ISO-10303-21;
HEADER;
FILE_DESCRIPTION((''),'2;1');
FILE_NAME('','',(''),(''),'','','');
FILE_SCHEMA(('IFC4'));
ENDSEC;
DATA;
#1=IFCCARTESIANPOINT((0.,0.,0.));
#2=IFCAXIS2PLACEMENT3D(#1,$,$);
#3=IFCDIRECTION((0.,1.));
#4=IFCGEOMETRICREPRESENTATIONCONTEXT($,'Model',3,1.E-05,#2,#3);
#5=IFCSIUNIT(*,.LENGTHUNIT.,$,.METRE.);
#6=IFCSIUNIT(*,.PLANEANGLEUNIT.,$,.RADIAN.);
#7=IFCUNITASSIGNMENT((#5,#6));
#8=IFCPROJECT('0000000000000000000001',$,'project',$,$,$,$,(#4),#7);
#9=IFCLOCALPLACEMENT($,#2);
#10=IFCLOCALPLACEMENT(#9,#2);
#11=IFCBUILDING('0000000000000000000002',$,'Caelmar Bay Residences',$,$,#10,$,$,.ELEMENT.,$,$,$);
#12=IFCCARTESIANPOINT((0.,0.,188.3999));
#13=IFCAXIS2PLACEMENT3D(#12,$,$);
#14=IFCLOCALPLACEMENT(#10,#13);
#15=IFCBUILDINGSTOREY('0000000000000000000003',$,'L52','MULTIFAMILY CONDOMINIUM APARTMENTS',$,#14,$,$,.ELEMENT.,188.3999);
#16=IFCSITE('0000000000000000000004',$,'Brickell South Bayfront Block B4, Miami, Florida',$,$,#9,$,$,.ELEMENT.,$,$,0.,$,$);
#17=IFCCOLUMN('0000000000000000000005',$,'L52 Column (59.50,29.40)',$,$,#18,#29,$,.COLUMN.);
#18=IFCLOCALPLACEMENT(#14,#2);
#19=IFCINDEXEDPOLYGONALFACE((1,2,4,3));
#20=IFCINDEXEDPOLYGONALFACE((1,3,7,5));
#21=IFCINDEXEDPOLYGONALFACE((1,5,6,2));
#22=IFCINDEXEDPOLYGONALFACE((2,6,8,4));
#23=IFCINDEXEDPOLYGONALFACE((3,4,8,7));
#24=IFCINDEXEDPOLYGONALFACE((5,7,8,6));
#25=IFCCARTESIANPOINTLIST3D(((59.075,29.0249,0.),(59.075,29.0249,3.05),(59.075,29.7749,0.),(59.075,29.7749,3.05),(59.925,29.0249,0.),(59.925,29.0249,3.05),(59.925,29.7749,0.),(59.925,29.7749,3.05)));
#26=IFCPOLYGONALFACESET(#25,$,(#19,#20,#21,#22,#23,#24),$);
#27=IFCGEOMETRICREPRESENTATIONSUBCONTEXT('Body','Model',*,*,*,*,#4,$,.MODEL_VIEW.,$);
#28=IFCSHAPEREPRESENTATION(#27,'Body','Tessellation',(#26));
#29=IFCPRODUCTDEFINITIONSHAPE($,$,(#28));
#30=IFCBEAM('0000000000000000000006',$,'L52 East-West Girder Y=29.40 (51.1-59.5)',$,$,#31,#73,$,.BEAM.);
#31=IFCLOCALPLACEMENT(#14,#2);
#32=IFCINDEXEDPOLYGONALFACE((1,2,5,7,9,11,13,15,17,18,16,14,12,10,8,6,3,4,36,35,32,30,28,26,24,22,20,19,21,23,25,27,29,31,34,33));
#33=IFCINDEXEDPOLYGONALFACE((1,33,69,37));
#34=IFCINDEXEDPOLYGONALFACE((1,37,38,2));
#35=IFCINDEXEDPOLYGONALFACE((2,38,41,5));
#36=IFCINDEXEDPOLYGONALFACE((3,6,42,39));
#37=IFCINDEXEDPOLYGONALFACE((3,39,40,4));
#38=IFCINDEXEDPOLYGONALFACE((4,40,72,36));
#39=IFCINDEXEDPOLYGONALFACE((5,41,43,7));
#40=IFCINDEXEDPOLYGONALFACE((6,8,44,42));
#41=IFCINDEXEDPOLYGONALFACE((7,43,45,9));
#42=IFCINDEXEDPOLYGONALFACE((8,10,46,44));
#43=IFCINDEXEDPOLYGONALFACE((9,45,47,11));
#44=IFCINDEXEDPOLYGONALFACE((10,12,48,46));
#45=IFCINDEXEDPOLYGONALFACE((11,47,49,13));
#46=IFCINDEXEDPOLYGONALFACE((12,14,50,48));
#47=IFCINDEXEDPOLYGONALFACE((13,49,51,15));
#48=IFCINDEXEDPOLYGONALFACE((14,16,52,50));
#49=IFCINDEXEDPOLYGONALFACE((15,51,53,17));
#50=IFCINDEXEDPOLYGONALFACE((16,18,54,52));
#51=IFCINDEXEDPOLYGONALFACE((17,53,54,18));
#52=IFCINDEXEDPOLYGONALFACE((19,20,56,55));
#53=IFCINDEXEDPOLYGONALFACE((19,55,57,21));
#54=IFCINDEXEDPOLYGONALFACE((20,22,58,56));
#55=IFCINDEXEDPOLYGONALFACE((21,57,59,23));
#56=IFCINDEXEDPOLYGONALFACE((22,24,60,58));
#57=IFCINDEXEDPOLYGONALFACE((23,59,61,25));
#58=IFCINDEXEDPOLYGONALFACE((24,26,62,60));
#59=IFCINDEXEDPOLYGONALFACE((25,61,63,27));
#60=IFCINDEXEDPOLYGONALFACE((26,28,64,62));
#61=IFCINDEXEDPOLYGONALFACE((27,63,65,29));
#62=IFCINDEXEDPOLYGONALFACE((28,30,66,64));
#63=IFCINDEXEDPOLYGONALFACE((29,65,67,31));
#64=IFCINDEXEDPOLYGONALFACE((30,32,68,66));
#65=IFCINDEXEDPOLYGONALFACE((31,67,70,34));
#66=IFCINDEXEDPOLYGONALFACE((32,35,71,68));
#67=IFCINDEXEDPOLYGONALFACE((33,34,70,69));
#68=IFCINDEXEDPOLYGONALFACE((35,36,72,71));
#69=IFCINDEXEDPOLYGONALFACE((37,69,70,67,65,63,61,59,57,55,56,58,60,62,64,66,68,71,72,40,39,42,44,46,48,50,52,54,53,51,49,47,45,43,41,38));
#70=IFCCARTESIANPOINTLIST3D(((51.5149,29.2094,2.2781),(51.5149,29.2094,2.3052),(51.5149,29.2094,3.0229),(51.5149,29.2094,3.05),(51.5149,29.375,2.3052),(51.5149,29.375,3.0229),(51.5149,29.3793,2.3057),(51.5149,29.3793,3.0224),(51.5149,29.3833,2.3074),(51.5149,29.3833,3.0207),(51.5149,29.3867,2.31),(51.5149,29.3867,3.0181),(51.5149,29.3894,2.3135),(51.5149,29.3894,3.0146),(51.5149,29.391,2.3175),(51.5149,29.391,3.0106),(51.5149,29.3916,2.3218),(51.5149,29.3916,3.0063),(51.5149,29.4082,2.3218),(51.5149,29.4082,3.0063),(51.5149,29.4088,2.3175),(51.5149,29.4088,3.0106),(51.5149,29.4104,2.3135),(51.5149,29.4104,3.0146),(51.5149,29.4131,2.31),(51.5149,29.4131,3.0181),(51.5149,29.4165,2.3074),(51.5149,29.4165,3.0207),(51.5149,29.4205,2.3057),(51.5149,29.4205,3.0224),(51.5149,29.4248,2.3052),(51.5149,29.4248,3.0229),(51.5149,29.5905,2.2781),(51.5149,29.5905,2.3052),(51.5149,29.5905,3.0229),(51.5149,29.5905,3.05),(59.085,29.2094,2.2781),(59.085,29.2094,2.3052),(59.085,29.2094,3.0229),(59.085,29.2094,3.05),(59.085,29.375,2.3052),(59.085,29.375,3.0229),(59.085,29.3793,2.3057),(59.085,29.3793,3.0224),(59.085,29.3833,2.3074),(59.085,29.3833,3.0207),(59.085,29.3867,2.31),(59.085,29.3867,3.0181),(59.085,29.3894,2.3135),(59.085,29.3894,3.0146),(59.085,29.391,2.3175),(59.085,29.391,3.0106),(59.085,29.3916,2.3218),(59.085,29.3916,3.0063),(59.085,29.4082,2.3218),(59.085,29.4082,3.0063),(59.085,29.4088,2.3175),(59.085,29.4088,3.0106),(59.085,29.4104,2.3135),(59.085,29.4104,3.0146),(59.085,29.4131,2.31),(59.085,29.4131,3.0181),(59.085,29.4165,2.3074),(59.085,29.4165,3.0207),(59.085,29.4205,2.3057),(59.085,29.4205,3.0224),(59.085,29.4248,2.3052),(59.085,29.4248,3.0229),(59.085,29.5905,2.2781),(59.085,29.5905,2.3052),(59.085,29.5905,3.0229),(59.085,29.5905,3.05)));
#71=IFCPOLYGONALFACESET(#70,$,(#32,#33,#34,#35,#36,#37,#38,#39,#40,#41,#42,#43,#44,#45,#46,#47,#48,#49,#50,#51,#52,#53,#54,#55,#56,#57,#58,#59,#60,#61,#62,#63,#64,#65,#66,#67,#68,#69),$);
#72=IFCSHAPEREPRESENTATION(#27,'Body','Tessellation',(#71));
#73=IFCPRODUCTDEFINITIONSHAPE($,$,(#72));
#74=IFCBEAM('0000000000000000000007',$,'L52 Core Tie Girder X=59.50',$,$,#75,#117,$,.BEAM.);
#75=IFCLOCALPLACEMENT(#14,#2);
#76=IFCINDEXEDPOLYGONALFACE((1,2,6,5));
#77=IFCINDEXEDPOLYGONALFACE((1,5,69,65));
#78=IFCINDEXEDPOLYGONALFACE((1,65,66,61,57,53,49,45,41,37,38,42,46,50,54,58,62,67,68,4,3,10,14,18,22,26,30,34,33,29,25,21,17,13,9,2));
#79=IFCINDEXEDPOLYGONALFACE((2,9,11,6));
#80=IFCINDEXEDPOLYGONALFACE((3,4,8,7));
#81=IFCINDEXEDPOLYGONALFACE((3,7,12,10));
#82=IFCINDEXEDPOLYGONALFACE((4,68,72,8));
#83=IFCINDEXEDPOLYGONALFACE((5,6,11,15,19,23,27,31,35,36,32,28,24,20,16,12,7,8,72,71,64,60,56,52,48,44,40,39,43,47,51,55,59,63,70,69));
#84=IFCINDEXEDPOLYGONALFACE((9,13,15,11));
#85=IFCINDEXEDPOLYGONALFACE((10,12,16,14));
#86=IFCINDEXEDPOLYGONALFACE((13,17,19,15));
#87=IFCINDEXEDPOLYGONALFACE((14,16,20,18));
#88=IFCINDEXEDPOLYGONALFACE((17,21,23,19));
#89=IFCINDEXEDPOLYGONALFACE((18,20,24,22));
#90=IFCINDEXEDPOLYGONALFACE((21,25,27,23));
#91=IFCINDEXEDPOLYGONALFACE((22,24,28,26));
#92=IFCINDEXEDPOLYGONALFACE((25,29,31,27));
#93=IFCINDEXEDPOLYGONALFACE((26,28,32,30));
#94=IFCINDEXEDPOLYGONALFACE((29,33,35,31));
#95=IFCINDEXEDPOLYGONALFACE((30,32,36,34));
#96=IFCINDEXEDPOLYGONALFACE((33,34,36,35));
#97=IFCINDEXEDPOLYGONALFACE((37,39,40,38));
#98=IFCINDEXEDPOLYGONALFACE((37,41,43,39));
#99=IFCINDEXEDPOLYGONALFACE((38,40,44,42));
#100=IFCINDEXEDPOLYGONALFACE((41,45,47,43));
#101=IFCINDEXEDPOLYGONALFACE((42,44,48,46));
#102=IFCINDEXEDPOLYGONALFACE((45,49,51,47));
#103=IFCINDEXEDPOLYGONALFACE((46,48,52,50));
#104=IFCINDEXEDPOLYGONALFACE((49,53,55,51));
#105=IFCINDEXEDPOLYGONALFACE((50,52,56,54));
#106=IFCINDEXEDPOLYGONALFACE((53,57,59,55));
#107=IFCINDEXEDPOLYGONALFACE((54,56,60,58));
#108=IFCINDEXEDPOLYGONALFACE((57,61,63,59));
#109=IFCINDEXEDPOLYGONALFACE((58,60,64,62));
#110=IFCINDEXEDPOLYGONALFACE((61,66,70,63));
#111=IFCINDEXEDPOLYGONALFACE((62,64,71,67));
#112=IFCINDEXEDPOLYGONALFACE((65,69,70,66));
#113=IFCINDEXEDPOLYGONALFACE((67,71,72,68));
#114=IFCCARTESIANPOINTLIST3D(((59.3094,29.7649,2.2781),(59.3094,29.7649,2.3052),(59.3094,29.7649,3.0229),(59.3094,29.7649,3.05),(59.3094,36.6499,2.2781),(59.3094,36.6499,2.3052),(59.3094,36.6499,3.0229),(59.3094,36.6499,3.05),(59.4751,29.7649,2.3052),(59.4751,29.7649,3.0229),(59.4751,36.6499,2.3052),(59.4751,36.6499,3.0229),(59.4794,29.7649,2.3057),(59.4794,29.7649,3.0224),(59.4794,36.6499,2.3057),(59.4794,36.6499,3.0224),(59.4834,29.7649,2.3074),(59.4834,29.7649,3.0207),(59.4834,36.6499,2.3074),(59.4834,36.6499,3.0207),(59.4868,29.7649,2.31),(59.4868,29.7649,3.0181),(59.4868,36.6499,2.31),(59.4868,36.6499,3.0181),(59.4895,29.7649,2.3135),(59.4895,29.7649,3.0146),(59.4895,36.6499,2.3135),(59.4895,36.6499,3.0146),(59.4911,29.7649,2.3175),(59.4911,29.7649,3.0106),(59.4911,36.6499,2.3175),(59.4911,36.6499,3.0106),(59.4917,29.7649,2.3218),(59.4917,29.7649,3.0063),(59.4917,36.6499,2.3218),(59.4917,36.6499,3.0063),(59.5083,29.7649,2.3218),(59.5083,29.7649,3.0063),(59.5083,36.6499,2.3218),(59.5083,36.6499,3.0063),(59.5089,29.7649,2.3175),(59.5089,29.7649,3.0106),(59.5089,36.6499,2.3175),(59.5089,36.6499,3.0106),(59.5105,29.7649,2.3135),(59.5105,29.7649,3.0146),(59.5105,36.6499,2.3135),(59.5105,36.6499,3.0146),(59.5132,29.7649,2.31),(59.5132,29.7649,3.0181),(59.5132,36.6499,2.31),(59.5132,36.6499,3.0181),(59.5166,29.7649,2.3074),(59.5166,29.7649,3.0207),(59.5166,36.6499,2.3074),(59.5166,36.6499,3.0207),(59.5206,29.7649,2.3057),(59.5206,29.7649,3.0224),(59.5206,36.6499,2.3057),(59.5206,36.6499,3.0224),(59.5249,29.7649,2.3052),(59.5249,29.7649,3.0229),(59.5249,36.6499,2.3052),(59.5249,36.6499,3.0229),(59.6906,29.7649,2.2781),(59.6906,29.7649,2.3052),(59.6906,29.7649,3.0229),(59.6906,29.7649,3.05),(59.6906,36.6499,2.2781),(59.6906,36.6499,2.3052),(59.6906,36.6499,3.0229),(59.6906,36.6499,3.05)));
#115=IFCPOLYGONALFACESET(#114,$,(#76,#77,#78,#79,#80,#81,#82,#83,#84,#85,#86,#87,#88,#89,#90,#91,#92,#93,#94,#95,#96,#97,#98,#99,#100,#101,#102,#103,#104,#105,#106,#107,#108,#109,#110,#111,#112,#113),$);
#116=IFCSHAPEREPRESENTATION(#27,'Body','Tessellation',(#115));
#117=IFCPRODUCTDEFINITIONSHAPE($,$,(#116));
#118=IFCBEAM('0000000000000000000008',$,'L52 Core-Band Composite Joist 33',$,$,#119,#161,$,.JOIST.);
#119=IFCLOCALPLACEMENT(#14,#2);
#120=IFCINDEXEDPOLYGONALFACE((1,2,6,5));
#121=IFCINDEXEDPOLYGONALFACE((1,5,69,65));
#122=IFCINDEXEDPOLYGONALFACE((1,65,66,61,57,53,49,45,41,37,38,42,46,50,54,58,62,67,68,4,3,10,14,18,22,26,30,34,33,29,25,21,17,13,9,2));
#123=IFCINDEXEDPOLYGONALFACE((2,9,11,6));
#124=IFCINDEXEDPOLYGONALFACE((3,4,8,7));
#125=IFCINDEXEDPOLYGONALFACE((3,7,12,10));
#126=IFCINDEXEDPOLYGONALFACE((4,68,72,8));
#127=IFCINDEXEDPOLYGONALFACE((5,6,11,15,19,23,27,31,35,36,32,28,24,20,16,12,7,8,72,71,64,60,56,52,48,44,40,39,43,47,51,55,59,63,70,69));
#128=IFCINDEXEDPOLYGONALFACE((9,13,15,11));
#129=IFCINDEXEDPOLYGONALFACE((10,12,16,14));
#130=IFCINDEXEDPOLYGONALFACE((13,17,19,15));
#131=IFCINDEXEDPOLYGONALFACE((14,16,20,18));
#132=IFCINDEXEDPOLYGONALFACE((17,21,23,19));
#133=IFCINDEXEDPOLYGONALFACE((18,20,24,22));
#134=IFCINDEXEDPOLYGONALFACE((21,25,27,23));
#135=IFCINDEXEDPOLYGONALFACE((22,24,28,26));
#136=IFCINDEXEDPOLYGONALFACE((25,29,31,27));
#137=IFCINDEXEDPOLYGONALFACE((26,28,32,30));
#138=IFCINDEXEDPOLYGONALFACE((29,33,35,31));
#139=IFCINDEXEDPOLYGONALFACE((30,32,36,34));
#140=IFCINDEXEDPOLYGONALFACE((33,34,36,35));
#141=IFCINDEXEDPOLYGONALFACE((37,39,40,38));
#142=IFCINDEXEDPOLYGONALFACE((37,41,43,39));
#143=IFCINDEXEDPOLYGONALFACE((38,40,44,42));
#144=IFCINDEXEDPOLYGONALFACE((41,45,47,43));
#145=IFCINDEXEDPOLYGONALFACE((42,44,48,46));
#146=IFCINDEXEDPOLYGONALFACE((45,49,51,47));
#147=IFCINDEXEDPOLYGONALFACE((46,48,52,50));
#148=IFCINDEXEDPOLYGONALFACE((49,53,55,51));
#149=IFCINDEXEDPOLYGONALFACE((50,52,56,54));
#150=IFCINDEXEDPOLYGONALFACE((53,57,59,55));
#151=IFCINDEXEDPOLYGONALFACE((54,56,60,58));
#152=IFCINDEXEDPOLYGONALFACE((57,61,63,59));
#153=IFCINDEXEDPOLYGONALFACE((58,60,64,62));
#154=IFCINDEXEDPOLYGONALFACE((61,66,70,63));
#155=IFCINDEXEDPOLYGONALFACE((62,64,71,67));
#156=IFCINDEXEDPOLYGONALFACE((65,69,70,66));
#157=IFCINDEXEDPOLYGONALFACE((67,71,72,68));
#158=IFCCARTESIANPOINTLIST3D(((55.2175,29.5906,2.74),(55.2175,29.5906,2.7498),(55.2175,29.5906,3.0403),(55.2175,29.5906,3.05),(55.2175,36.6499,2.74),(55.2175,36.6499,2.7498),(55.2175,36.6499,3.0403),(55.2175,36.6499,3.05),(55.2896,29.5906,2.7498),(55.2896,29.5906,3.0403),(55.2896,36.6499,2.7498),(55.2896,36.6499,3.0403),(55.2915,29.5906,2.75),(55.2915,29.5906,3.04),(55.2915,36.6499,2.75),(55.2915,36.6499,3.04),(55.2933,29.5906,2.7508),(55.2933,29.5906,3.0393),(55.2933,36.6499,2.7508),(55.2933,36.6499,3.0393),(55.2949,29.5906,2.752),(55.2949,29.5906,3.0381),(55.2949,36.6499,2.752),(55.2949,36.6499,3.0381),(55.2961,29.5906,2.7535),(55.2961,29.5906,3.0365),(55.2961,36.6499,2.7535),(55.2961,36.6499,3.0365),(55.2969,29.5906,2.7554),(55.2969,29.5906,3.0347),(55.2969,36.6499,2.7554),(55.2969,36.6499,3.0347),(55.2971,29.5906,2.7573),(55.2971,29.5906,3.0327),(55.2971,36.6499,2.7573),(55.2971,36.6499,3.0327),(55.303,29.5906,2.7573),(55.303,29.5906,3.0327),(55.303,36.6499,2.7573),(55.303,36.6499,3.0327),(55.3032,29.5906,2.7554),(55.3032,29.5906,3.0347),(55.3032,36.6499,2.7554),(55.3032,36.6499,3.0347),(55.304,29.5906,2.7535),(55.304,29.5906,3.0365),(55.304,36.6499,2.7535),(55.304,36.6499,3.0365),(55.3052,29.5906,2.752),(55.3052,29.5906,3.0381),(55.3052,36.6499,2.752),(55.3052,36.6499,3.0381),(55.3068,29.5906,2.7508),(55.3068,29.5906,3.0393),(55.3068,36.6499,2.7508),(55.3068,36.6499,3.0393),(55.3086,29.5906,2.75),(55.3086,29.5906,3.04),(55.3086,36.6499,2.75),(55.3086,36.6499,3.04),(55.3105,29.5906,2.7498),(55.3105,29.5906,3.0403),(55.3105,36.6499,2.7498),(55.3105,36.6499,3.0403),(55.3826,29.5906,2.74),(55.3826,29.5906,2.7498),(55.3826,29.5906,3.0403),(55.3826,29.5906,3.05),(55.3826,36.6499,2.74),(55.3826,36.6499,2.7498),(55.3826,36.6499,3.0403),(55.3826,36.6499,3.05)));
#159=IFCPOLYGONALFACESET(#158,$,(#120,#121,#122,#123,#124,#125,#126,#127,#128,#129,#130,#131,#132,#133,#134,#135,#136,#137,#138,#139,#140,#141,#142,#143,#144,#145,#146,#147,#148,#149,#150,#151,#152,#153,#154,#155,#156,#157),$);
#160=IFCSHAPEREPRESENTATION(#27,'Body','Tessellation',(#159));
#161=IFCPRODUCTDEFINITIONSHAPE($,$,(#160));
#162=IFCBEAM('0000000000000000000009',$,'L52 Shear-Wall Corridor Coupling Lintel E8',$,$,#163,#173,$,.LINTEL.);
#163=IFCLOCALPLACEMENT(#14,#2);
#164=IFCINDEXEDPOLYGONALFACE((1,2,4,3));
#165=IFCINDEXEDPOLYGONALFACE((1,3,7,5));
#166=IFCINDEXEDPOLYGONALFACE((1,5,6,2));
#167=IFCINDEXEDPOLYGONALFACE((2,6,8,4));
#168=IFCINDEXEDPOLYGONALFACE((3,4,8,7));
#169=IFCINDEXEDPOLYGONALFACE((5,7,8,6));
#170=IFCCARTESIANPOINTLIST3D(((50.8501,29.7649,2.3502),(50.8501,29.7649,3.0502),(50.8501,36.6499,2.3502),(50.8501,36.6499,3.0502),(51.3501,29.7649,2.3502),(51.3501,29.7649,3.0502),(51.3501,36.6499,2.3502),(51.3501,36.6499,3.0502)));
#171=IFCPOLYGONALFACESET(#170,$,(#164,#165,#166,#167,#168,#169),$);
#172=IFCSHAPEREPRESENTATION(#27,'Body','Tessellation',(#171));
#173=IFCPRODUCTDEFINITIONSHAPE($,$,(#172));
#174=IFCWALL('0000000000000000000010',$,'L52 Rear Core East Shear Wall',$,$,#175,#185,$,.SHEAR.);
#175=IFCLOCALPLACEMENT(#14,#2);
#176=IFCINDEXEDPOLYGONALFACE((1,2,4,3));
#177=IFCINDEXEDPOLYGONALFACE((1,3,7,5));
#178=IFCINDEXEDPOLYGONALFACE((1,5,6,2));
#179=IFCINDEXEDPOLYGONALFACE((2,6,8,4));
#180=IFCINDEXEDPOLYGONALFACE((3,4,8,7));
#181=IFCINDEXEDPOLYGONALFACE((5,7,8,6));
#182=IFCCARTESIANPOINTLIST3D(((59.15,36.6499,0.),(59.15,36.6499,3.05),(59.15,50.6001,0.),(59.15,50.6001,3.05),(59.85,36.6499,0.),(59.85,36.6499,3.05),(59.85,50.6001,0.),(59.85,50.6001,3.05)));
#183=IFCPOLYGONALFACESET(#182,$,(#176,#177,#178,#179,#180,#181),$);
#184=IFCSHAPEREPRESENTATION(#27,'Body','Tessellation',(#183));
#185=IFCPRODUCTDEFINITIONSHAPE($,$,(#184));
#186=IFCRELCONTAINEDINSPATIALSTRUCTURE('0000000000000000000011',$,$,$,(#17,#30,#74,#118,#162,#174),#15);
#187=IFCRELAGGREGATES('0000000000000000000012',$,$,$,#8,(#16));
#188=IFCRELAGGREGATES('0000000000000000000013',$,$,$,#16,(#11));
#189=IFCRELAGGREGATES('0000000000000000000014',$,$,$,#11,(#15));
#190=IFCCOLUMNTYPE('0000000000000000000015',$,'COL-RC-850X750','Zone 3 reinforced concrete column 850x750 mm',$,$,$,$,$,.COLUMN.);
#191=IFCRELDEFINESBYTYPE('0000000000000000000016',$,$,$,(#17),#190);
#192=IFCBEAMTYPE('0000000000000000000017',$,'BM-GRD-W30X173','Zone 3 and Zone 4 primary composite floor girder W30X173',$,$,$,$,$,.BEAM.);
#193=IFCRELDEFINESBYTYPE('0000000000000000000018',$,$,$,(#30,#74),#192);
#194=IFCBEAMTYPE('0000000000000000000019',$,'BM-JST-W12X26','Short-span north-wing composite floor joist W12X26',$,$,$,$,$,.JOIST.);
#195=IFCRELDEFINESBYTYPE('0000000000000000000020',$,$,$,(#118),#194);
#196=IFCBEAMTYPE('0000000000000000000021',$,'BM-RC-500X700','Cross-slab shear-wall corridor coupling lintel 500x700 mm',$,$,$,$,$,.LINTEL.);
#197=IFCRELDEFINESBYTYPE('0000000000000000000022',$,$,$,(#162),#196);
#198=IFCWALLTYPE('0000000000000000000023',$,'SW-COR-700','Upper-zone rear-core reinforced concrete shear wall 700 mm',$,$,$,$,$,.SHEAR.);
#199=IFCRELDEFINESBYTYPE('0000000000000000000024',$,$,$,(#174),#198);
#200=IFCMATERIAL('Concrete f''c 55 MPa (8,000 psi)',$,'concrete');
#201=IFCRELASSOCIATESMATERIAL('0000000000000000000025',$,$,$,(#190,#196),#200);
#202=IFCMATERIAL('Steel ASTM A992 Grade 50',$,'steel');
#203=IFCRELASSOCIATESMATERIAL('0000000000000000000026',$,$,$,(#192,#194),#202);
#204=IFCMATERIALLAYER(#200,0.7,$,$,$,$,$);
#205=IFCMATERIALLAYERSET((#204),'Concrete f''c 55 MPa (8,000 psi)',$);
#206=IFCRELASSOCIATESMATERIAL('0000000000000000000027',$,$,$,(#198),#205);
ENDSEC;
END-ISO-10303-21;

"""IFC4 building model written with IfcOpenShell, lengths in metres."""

from ifc_helpers import new_model, si_unit, direction, frame, frame_2d, origin, origin_2d, place, context, subcontext, project, spatial, rectangle, i_section, extrude, material, layer, layer_set, material_profile, profile_set, type_object, element, save


model = new_model("IFC4")

# Units and contexts
model_context = context("Model", 3, precision=1e-05, world=origin(), true_north=direction((0.0, 1.0)))
body_context = subcontext(model_context, "Body", "Model", "MODEL_VIEW")
ifc_project = project(units=[si_unit("LENGTHUNIT", "METRE"), si_unit("PLANEANGLEUNIT", "RADIAN")], contexts=[model_context])

# Site, building, storey
site_placement = place(None, origin())
site = spatial("IfcSite", under=ifc_project, at=site_placement, Name="Brickell South Bayfront Block B4, Miami, Florida", CompositionType="ELEMENT", RefElevation=0.0)
building_placement = place(site_placement, origin())
building = spatial("IfcBuilding", under=site, at=building_placement, Name="Caelmar Bay Residences", CompositionType="ELEMENT")
storey_placement = place(building_placement, frame((0.0, 0.0, 188.3999)))
storey = spatial("IfcBuildingStorey", under=building, at=storey_placement, Name="L52", Description="MULTIFAMILY CONDOMINIUM APARTMENTS", CompositionType="ELEMENT", Elevation=188.3999)

# Column
ifc_material_1 = material(Name="Concrete f'c 55 MPa (8,000 psi)", Category="concrete")
ifc_material_profile_1 = material_profile(ifc_material_1, rectangle(XDim=0.8501, YDim=0.75, at=origin_2d()), Name="RC-COL-850X750")
ifc_profile_set_1 = profile_set([ifc_material_profile_1], Name="Concrete f'c 55 MPa (8,000 psi)")
column_type = type_object("IfcColumnType", Name="COL-RC-850X750", Description="Zone 3 reinforced concrete column 850x750 mm", PredefinedType="COLUMN", material=ifc_profile_set_1)
column_placement = place(storey_placement, frame((59.5, 29.3999, 0.0), z_axis=(0.0, 0.0, 1.0), x_axis=(1.0, 0.0, 0.0)))
element("IfcColumn", 1, at=column_placement, inside=storey, type_object=column_type, Name="L52 Column (59.50,29.40)", PredefinedType="COLUMN", context=body_context, shape_type="SweptSolid", body=[
    extrude(rectangle(XDim=0.8501, YDim=0.75, at=origin_2d()), origin(), (0.0, 0.0, 1.0), 3.05),
])

# Beams
ifc_material_2 = material(Name="Steel ASTM A992 Grade 50", Category="steel")
ifc_material_profile_2 = material_profile(ifc_material_2, i_section(OverallWidth=0.3811, OverallDepth=0.772, WebThickness=0.0166, FlangeThickness=0.0271, FilletRadius=0.0166, at=origin_2d()), Name="W30X173")
ifc_profile_set_2 = profile_set([ifc_material_profile_2], Name="Steel ASTM A992 Grade 50")
beam_type_1 = type_object("IfcBeamType", Name="BM-GRD-W30X173", Description="Zone 3 and Zone 4 primary composite floor girder W30X173", PredefinedType="BEAM", material=ifc_profile_set_2)
beam_1_placement = place(storey_placement, frame((51.5149, 29.3999, 2.6641), z_axis=(1.0, 0.0, 0.0), x_axis=(0.0, 1.0, 0.0)))
element("IfcBeam", 2, at=beam_1_placement, inside=storey, type_object=beam_type_1, Name="L52 East-West Girder Y=29.40 (51.1-59.5)", PredefinedType="BEAM", context=body_context, shape_type="SweptSolid", body=[
    extrude(i_section(OverallWidth=0.3811, OverallDepth=0.772, WebThickness=0.0166, FlangeThickness=0.0271, FilletRadius=0.0166, at=origin_2d()), origin(), (0.0, 0.0, 1.0), 7.5701),
])
beam_2_placement = place(storey_placement, frame((59.5, 29.7649, 2.6641), z_axis=(0.0, 1.0, 0.0), x_axis=(-1.0, 0.0, 0.0)))
element("IfcBeam", 3, at=beam_2_placement, inside=storey, type_object=beam_type_1, Name="L52 Core Tie Girder X=59.50", PredefinedType="BEAM", context=body_context, shape_type="SweptSolid", body=[
    extrude(i_section(OverallWidth=0.3811, OverallDepth=0.772, WebThickness=0.0166, FlangeThickness=0.0271, FilletRadius=0.0166, at=origin_2d()), origin(), (0.0, 0.0, 1.0), 6.885),
])
ifc_material_profile_3 = material_profile(ifc_material_2, i_section(OverallWidth=0.165, OverallDepth=0.3101, WebThickness=0.0059, FlangeThickness=0.0098, FilletRadius=0.0076, at=origin_2d()), Name="W12X26")
ifc_profile_set_3 = profile_set([ifc_material_profile_3], Name="Steel ASTM A992 Grade 50")
beam_type_2 = type_object("IfcBeamType", Name="BM-JST-W12X26", Description="Short-span north-wing composite floor joist W12X26", PredefinedType="JOIST", material=ifc_profile_set_3)
beam_3_placement = place(storey_placement, frame((55.3, 29.5906, 2.895), z_axis=(0.0, 1.0, 0.0), x_axis=(-1.0, 0.0, 0.0)))
element("IfcBeam", 4, at=beam_3_placement, inside=storey, type_object=beam_type_2, Name="L52 Core-Band Composite Joist 33", PredefinedType="JOIST", context=body_context, shape_type="SweptSolid", body=[
    extrude(i_section(OverallWidth=0.165, OverallDepth=0.3101, WebThickness=0.0059, FlangeThickness=0.0098, FilletRadius=0.0076, at=origin_2d()), origin(), (0.0, 0.0, 1.0), 7.0593),
])
ifc_material_profile_4 = material_profile(ifc_material_1, rectangle(XDim=0.5, YDim=0.7, at=origin_2d()), Name="RC-BM-500X700")
ifc_profile_set_4 = profile_set([ifc_material_profile_4], Name="Concrete f'c 55 MPa (8,000 psi)")
beam_type_3 = type_object("IfcBeamType", Name="BM-RC-500X700", Description="Cross-slab shear-wall corridor coupling lintel 500x700 mm", PredefinedType="LINTEL", material=ifc_profile_set_4)
beam_4_placement = place(storey_placement, frame((51.1001, 29.7649, 2.7002), z_axis=(0.0, 1.0, 0.0), x_axis=(-1.0, 0.0, 0.0)))
element("IfcBeam", 5, at=beam_4_placement, inside=storey, type_object=beam_type_3, Name="L52 Shear-Wall Corridor Coupling Lintel E8", PredefinedType="LINTEL", context=body_context, shape_type="SweptSolid", body=[
    extrude(rectangle(XDim=0.5, YDim=0.7, at=origin_2d()), origin(), (0.0, 0.0, 1.0), 6.885),
])

# Wall
ifc_layer_1 = layer(ifc_material_1, 0.7)
ifc_layer_set_1 = layer_set([ifc_layer_1], Name="Concrete f'c 55 MPa (8,000 psi)")
wall_type_1 = type_object("IfcWallType", Name="SW-COR-700", Description="Upper-zone rear-core reinforced concrete shear wall 700 mm", PredefinedType="SHEAR", material=ifc_layer_set_1)
wall_1_placement = place(storey_placement, frame((59.5, 36.6499, 0.0), z_axis=(0.0, 0.0, 1.0), x_axis=(0.0, 1.0, 0.0)))
element("IfcWall", 6, at=wall_1_placement, inside=storey, type_object=wall_type_1, Name="L52 Rear Core East Shear Wall", PredefinedType="SHEAR", context=body_context, shape_type="SweptSolid", body=[
    extrude(rectangle(XDim=13.9502, YDim=0.7, at=frame_2d((6.9751, 0.0))), origin(), (0.0, 0.0, 1.0), 3.05),
])

save(model, "model.ifc")
